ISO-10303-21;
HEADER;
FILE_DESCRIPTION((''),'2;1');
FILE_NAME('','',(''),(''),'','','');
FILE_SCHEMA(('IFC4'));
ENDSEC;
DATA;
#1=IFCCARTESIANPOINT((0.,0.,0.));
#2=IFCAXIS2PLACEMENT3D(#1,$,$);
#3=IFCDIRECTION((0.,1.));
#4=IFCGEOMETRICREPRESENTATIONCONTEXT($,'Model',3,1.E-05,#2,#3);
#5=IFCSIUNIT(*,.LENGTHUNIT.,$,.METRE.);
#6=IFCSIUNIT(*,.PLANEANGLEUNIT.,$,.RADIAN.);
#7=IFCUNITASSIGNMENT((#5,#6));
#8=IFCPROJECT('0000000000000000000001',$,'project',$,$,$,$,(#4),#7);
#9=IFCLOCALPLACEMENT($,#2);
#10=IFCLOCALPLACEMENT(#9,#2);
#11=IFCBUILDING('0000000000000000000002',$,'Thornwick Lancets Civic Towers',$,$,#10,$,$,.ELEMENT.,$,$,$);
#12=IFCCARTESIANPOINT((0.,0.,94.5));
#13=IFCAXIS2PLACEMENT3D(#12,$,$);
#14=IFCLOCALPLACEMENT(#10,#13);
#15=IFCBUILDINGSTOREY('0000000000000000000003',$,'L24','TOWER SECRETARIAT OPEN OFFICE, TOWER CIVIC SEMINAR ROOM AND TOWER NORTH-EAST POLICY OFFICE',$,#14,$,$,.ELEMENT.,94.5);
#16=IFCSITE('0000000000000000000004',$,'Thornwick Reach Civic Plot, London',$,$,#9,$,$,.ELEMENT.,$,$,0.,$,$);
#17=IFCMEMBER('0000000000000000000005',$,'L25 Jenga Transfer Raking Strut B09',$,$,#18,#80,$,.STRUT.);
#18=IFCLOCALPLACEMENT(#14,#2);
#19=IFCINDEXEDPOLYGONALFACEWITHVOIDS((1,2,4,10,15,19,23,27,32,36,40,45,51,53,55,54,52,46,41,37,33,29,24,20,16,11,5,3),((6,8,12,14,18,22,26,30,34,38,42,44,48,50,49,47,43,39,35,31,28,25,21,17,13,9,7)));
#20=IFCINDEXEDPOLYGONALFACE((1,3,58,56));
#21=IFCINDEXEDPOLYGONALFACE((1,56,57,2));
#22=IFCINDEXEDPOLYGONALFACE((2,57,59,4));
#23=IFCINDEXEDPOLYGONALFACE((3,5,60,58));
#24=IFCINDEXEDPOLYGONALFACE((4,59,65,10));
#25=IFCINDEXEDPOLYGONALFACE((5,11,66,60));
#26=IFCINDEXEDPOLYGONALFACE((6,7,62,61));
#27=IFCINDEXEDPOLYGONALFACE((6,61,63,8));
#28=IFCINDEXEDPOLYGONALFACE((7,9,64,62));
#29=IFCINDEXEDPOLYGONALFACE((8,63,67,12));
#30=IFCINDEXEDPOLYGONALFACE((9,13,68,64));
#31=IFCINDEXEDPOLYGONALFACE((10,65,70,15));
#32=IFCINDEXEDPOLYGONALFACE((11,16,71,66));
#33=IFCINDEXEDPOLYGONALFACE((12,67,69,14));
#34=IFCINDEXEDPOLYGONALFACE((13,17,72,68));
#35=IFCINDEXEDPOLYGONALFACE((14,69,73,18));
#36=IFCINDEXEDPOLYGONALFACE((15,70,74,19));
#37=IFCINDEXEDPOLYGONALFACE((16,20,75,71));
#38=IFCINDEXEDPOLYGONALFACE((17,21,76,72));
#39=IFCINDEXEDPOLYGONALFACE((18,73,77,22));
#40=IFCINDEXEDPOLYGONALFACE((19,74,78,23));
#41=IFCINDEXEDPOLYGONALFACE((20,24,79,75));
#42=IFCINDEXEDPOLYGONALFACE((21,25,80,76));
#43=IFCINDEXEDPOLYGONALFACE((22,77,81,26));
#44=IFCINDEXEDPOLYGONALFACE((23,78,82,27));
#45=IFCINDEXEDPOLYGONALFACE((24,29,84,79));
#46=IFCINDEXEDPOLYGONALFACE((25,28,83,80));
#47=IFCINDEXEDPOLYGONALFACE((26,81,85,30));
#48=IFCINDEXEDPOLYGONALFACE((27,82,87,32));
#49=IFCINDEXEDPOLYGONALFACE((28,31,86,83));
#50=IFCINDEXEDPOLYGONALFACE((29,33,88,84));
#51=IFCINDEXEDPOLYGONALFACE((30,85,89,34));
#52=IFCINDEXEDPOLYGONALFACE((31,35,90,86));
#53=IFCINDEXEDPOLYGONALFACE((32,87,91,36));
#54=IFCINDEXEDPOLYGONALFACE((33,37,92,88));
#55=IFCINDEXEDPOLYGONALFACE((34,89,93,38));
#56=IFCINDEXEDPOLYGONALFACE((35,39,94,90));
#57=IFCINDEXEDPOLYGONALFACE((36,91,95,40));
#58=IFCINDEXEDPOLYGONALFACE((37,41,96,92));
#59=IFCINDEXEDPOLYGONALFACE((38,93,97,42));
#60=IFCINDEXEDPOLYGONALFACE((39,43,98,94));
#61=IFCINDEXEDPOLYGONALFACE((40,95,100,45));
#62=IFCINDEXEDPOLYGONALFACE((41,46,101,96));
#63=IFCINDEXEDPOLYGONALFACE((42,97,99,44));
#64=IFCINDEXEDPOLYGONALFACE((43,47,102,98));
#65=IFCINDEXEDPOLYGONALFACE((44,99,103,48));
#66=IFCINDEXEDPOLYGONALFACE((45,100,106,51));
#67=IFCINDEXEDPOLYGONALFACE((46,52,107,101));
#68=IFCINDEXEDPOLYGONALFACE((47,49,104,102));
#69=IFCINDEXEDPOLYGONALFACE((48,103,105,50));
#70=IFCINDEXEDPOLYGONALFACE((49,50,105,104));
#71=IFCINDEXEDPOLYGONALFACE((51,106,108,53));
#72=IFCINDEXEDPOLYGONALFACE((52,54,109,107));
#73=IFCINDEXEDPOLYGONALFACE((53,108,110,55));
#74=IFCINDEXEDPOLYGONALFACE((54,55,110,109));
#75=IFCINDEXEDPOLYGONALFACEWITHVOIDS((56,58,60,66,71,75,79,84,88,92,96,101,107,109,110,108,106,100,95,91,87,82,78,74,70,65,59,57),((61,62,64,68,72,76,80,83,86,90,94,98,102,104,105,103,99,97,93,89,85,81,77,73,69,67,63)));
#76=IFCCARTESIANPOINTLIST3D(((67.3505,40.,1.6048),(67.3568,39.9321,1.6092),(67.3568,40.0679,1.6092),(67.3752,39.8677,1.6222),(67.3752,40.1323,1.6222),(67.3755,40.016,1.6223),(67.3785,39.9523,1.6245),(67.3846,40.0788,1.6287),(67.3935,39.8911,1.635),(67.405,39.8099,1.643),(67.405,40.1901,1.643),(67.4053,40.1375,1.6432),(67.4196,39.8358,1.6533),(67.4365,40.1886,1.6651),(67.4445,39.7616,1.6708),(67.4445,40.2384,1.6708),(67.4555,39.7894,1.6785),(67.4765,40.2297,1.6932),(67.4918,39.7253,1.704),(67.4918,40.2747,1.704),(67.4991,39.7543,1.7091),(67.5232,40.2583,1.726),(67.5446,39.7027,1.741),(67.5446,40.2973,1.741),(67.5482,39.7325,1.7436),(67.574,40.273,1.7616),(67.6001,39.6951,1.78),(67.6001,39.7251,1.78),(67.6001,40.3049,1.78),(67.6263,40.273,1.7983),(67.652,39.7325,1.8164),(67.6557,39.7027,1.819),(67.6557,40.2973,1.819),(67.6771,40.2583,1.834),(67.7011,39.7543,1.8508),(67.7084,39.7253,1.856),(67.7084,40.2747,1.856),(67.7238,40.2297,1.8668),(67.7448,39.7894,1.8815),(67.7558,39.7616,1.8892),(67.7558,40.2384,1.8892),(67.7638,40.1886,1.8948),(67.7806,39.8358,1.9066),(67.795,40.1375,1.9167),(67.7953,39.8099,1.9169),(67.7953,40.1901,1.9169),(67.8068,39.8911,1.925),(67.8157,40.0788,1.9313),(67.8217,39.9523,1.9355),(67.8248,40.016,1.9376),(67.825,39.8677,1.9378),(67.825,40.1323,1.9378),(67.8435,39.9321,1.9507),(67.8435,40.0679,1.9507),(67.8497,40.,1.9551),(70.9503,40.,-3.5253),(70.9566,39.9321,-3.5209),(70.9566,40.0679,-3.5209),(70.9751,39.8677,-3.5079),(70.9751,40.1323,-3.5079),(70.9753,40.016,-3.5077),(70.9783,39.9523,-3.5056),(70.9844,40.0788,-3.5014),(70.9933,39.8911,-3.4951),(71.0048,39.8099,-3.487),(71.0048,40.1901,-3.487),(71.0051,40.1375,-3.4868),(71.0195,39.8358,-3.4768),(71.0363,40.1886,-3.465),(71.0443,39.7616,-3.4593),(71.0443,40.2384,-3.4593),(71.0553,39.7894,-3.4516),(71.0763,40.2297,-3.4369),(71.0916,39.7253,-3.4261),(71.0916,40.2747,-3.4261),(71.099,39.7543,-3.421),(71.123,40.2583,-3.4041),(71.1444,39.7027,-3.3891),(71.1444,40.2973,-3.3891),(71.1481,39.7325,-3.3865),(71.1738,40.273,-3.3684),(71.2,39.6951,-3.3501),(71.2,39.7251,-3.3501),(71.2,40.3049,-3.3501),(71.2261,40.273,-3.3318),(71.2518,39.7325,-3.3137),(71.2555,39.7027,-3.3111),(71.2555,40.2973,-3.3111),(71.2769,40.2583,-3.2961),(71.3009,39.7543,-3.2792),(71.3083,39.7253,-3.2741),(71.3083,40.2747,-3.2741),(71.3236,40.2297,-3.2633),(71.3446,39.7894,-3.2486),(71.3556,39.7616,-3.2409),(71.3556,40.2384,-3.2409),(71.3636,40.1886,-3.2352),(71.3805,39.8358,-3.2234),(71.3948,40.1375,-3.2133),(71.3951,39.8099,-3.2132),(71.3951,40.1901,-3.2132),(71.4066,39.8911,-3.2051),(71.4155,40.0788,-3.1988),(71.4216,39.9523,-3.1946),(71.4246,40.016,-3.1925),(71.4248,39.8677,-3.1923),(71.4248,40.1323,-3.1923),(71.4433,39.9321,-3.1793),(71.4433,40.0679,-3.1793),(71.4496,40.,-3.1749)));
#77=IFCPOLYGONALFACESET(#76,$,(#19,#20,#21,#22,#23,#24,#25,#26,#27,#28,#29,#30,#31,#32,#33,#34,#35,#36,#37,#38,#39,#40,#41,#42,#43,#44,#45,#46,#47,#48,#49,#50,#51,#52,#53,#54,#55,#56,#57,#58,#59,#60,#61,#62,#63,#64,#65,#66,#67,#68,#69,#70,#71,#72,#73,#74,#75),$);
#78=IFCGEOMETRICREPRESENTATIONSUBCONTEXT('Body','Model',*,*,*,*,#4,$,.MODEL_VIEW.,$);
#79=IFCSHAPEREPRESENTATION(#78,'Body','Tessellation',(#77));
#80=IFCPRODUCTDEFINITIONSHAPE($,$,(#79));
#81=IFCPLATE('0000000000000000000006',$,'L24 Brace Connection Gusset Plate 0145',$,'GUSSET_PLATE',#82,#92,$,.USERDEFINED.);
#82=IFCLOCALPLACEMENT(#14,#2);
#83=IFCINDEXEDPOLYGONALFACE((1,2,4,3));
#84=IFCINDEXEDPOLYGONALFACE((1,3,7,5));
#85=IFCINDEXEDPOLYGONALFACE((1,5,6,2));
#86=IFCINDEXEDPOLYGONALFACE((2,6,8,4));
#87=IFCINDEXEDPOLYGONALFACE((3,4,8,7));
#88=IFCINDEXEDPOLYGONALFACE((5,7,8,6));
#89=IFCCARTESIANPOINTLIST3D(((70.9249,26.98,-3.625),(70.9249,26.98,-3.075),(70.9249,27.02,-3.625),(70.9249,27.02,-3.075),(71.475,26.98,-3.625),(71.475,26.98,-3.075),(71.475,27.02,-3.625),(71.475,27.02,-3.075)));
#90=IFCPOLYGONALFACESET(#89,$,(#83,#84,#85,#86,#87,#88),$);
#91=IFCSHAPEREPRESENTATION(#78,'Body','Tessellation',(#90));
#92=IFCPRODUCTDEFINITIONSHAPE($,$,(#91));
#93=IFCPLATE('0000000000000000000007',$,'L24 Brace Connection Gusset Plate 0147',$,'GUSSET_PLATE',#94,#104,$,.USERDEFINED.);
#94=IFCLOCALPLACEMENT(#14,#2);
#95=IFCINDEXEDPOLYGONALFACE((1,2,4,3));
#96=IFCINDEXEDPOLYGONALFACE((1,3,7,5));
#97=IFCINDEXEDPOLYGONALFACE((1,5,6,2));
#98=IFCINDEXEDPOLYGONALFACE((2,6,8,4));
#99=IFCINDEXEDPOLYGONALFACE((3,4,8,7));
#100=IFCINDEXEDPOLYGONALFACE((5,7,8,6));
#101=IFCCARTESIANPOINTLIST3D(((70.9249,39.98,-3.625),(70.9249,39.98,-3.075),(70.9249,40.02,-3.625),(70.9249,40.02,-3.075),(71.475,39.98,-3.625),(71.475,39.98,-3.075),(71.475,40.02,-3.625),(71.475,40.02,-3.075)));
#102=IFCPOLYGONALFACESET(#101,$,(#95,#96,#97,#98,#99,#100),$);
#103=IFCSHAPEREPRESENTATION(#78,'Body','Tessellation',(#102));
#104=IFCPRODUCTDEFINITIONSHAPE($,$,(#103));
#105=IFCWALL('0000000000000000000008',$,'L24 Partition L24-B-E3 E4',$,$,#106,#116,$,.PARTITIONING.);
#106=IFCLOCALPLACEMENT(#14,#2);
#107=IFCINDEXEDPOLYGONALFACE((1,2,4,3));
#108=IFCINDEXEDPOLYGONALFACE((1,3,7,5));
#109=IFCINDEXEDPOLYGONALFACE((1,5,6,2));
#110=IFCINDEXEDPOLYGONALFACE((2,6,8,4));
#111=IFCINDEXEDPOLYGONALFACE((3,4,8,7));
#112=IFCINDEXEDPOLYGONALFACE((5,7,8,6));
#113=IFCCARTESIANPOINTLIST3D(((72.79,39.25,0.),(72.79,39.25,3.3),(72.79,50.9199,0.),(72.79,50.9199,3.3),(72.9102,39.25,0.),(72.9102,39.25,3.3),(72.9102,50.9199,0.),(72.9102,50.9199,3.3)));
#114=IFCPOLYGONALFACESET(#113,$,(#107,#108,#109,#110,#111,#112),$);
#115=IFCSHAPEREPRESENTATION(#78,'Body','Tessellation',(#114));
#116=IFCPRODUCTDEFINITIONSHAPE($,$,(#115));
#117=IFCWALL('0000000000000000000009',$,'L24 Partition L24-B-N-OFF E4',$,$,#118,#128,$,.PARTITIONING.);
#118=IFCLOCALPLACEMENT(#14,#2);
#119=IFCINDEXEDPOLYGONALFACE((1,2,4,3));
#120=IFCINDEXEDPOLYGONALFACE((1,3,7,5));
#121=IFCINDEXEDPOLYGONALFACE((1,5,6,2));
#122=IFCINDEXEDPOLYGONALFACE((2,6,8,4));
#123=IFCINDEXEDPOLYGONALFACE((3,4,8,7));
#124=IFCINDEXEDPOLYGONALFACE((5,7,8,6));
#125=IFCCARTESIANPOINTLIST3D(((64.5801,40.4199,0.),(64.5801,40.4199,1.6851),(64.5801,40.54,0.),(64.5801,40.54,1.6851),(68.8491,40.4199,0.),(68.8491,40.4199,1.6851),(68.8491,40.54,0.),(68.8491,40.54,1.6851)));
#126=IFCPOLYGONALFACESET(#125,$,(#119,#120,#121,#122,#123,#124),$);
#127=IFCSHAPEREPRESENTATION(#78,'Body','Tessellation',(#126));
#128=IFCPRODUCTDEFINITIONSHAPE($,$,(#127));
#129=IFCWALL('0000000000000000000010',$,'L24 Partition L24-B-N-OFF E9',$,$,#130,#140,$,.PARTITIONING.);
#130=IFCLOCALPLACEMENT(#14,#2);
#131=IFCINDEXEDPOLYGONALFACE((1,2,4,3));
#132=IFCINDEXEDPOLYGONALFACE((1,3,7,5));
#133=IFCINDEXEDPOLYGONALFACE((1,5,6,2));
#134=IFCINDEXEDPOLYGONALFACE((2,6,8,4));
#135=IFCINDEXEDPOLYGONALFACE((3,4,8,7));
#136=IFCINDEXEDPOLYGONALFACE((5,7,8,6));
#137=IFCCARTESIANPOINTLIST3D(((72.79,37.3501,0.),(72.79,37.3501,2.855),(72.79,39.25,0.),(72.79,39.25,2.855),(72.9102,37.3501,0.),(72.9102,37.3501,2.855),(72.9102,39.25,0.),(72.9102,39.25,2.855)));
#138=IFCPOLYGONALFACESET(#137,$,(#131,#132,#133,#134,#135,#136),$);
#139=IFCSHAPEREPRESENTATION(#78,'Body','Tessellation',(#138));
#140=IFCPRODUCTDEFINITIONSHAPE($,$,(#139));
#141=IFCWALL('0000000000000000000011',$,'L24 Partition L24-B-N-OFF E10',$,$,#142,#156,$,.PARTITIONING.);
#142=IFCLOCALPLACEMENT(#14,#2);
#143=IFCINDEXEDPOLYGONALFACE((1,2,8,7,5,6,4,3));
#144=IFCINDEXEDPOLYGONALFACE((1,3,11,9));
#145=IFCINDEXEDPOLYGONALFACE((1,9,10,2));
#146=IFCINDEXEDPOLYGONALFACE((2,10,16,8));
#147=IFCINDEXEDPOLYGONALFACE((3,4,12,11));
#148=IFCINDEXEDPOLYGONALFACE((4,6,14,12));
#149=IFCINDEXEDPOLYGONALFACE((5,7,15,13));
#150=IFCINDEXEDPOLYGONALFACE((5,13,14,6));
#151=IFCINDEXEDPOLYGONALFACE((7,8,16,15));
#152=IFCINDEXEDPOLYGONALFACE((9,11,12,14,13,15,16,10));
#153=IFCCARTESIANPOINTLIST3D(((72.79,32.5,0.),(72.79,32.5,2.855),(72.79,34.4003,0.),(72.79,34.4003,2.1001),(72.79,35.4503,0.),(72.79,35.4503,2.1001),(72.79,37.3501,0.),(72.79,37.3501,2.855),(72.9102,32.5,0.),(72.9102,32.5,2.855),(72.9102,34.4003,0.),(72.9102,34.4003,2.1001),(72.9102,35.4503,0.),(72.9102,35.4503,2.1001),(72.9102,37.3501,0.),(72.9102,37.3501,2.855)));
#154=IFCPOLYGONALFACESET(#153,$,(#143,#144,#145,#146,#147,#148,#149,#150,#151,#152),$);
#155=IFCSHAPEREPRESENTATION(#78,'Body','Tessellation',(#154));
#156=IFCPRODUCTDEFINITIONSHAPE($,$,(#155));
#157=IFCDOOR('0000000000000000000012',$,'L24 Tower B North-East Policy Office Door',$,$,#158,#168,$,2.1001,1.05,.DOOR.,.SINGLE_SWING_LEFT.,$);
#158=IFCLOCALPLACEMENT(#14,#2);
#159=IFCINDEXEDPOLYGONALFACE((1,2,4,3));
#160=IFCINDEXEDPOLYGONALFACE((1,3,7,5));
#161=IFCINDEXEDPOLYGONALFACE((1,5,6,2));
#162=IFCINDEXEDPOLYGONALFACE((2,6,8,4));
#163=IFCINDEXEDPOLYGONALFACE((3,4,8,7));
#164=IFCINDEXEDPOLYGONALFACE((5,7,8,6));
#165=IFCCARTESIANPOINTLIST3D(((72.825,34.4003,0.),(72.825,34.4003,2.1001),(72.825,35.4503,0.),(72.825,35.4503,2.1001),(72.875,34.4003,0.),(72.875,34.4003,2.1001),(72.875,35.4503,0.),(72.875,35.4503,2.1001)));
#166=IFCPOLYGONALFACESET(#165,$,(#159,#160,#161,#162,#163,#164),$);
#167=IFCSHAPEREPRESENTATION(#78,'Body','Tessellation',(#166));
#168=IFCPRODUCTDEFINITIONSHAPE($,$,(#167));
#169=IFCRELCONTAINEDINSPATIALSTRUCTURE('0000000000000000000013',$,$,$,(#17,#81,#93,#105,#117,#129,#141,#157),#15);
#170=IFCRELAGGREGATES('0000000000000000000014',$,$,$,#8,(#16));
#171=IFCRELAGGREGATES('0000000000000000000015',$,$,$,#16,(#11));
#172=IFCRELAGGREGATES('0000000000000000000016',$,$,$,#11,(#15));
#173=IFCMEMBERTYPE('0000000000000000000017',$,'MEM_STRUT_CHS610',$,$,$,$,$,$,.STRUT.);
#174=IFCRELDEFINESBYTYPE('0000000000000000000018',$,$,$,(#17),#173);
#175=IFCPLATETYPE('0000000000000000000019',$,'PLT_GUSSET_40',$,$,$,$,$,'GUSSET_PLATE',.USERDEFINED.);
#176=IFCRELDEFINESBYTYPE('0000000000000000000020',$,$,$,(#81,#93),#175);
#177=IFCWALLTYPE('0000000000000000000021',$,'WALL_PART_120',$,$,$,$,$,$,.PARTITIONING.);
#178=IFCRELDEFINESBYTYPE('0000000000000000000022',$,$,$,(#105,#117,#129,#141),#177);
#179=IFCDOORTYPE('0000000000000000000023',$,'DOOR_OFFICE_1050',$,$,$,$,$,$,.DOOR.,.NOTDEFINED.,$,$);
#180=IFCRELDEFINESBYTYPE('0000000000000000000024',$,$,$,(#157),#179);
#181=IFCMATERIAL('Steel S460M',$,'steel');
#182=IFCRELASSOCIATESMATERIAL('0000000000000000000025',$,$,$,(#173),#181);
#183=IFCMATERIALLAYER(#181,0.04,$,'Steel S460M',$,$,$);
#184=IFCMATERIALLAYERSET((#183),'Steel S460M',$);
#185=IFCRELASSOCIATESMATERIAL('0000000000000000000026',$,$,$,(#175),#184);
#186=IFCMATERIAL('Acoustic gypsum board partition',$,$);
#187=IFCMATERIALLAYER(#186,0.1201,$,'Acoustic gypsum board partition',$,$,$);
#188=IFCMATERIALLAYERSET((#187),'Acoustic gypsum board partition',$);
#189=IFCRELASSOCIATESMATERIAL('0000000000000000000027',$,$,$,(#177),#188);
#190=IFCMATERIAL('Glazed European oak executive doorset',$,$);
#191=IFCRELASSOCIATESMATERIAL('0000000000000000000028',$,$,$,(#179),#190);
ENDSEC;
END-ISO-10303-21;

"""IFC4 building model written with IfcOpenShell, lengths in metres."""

from ifc_helpers import new_model, si_unit, direction, frame, frame_2d, origin, origin_2d, place, context, subcontext, project, spatial, rectangle, hollow_circle, extrude, material, layer, layer_set, material_profile, profile_set, type_object, element, fill, save


model = new_model("IFC4")

# Units and contexts
model_context = context("Model", 3, precision=1e-05, world=origin(), true_north=direction((0.0, 1.0)))
body_context = subcontext(model_context, "Body", "Model", "MODEL_VIEW")
ifc_project = project(units=[si_unit("LENGTHUNIT", "METRE"), si_unit("PLANEANGLEUNIT", "RADIAN")], contexts=[model_context])

# Site, building, storey
site_placement = place(None, origin())
site = spatial("IfcSite", under=ifc_project, at=site_placement, Name="Thornwick Reach Civic Plot, London", CompositionType="ELEMENT", RefElevation=0.0)
building_placement = place(site_placement, origin())
building = spatial("IfcBuilding", under=site, at=building_placement, Name="Thornwick Lancets Civic Towers", CompositionType="ELEMENT")
storey_placement = place(building_placement, frame((0.0, 0.0, 94.5)))
storey = spatial("IfcBuildingStorey", under=building, at=storey_placement, Name="L24", Description="TOWER SECRETARIAT OPEN OFFICE, TOWER CIVIC SEMINAR ROOM AND TOWER NORTH-EAST POLICY OFFICE", CompositionType="ELEMENT", Elevation=94.5)

# Member
ifc_material_1 = material(Name="Steel S460M", Category="steel")
ifc_material_profile_1 = material_profile(ifc_material_1, hollow_circle(Radius=0.3049, WallThickness=0.03, at=origin_2d()), Name="CHS 610x30")
ifc_profile_set_1 = profile_set([ifc_material_profile_1], Name="Steel S460M")
member_type = type_object("IfcMemberType", Name="MEM_STRUT_CHS610", PredefinedType="STRUT", material=ifc_profile_set_1)
for number, where, z_axis, x_axis, name in (
    (1, (71.2, 40.0, -3.3501), (-0.574401, 0.0, 0.818574), (0.0, -1.0, 0.0), "L25 Jenga Transfer Raking Strut B09"),
):
    element("IfcMember", number, at=place(storey_placement, frame(where, z_axis=z_axis, x_axis=x_axis)), inside=storey, type_object=member_type, Name=name, PredefinedType="STRUT", context=body_context, shape_type="SweptSolid", body=[
        extrude(hollow_circle(Radius=0.3049, WallThickness=0.03, at=origin_2d()), origin(), (0.0, 0.0, 1.0), 6.2671),
    ])

# Plates
ifc_layer_1 = layer(ifc_material_1, 0.04, Name="Steel S460M")
ifc_layer_set_1 = layer_set([ifc_layer_1], Name="Steel S460M")
plate_type = type_object("IfcPlateType", Name="PLT_GUSSET_40", ElementType="GUSSET_PLATE", PredefinedType="USERDEFINED", material=ifc_layer_set_1)
for number, where, z_axis, x_axis, name in (
    (2, (71.2, 27.0, -3.625), (0.0, 0.0, 1.0), (-1.0, 0.0, 0.0), "L24 Brace Connection Gusset Plate 0145"),
    (3, (71.2, 40.0, -3.625), (0.0, 0.0, 1.0), (-1.0, 0.0, 0.0), "L24 Brace Connection Gusset Plate 0147"),
):
    element("IfcPlate", number, at=place(storey_placement, frame(where, z_axis=z_axis, x_axis=x_axis)), inside=storey, type_object=plate_type, Name=name, ObjectType="GUSSET_PLATE", PredefinedType="USERDEFINED", context=body_context, shape_type="SweptSolid", body=[
        extrude(rectangle(XDim=0.55, YDim=0.04, at=origin_2d()), origin(), (0.0, 0.0, 1.0), 0.55),
    ])

# Walls
ifc_material_2 = material(Name="Acoustic gypsum board partition")
ifc_layer_2 = layer(ifc_material_2, 0.1201, Name="Acoustic gypsum board partition")
ifc_layer_set_2 = layer_set([ifc_layer_2], Name="Acoustic gypsum board partition")
wall_type_1 = type_object("IfcWallType", Name="WALL_PART_120", PredefinedType="PARTITIONING", material=ifc_layer_set_2)
wall_1_placement = place(storey_placement, frame((72.8501, 39.25, 0.0), z_axis=(0.0, 0.0, 1.0), x_axis=(0.0, 1.0, 0.0)))
element("IfcWall", 4, at=wall_1_placement, inside=storey, type_object=wall_type_1, Name="L24 Partition L24-B-E3 E4", PredefinedType="PARTITIONING", context=body_context, shape_type="SweptSolid", body=[
    extrude(rectangle(XDim=11.6699, YDim=0.1201, at=frame_2d((5.835, 0.0))), origin(), (0.0, 0.0, 1.0), 3.3),
])
wall_2_placement = place(storey_placement, frame((68.8491, 40.48, 0.0), z_axis=(0.0, 0.0, 1.0), x_axis=(-1.0, 0.0, 0.0)))
element("IfcWall", 5, at=wall_2_placement, inside=storey, type_object=wall_type_1, Name="L24 Partition L24-B-N-OFF E4", PredefinedType="PARTITIONING", context=body_context, shape_type="SweptSolid", body=[
    extrude(rectangle(XDim=4.269, YDim=0.1201, at=frame_2d((2.1345, 0.0))), origin(), (0.0, 0.0, 1.0), 1.6851),
])
wall_3_placement = place(storey_placement, frame((72.8501, 39.25, 0.0), z_axis=(0.0, 0.0, 1.0), x_axis=(0.0, -1.0, 0.0)))
element("IfcWall", 6, at=wall_3_placement, inside=storey, type_object=wall_type_1, Name="L24 Partition L24-B-N-OFF E9", PredefinedType="PARTITIONING", context=body_context, shape_type="SweptSolid", body=[
    extrude(rectangle(XDim=1.8999, YDim=0.1201, at=frame_2d((0.95, 0.0))), origin(), (0.0, 0.0, 1.0), 2.855),
])

# Wall, opening, door
wall_4_placement = place(storey_placement, frame((72.8501, 37.3501, 0.0), z_axis=(0.0, 0.0, 1.0), x_axis=(0.0, -1.0, 0.0)))
wall_4 = element("IfcWall", 7, at=wall_4_placement, inside=storey, type_object=wall_type_1, Name="L24 Partition L24-B-N-OFF E10", PredefinedType="PARTITIONING", context=body_context, shape_type="SweptSolid", body=[
    extrude(rectangle(XDim=4.8501, YDim=0.1201, at=frame_2d((2.425, 0.0))), origin(), (0.0, 0.0, 1.0), 2.855),
])
opening_1_placement = place(wall_4_placement, frame((1.8999, 0.0, 0.0)))
opening_1 = element("IfcOpeningElement", 8, at=opening_1_placement, cuts=wall_4, PredefinedType="OPENING", context=body_context, shape_type="SweptSolid", body=[
    extrude(rectangle(XDim=1.05, YDim=2.1001, at=frame_2d((0.5249, 1.05))), frame((0.0, 0.0701, 0.0), z_axis=(0.0, -1.0, 0.0), x_axis=(1.0, 0.0, 0.0)), (0.0, 0.0, 1.0), 0.1401),
])
ifc_material_3 = material(Name="Glazed European oak executive doorset")
door_type_1 = type_object("IfcDoorType", Name="DOOR_OFFICE_1050", OperationType="NOTDEFINED", PredefinedType="DOOR", material=ifc_material_3)
door_1_placement = place(opening_1_placement, origin())
door_1 = element("IfcDoor", 9, at=door_1_placement, inside=storey, type_object=door_type_1, Name="L24 Tower B North-East Policy Office Door", OperationType="SINGLE_SWING_LEFT", OverallHeight=2.1001, OverallWidth=1.05, PredefinedType="DOOR", context=body_context, shape_type="SweptSolid", body=[
    extrude(rectangle(XDim=1.05, YDim=2.1001, at=frame_2d((0.5249, 1.05))), frame((0.0, 0.0249, 0.0), z_axis=(0.0, -1.0, 0.0), x_axis=(1.0, 0.0, 0.0)), (0.0, 0.0, 1.0), 0.05),
])
fill(opening_1, door_1)

save(model, "model.ifc")
